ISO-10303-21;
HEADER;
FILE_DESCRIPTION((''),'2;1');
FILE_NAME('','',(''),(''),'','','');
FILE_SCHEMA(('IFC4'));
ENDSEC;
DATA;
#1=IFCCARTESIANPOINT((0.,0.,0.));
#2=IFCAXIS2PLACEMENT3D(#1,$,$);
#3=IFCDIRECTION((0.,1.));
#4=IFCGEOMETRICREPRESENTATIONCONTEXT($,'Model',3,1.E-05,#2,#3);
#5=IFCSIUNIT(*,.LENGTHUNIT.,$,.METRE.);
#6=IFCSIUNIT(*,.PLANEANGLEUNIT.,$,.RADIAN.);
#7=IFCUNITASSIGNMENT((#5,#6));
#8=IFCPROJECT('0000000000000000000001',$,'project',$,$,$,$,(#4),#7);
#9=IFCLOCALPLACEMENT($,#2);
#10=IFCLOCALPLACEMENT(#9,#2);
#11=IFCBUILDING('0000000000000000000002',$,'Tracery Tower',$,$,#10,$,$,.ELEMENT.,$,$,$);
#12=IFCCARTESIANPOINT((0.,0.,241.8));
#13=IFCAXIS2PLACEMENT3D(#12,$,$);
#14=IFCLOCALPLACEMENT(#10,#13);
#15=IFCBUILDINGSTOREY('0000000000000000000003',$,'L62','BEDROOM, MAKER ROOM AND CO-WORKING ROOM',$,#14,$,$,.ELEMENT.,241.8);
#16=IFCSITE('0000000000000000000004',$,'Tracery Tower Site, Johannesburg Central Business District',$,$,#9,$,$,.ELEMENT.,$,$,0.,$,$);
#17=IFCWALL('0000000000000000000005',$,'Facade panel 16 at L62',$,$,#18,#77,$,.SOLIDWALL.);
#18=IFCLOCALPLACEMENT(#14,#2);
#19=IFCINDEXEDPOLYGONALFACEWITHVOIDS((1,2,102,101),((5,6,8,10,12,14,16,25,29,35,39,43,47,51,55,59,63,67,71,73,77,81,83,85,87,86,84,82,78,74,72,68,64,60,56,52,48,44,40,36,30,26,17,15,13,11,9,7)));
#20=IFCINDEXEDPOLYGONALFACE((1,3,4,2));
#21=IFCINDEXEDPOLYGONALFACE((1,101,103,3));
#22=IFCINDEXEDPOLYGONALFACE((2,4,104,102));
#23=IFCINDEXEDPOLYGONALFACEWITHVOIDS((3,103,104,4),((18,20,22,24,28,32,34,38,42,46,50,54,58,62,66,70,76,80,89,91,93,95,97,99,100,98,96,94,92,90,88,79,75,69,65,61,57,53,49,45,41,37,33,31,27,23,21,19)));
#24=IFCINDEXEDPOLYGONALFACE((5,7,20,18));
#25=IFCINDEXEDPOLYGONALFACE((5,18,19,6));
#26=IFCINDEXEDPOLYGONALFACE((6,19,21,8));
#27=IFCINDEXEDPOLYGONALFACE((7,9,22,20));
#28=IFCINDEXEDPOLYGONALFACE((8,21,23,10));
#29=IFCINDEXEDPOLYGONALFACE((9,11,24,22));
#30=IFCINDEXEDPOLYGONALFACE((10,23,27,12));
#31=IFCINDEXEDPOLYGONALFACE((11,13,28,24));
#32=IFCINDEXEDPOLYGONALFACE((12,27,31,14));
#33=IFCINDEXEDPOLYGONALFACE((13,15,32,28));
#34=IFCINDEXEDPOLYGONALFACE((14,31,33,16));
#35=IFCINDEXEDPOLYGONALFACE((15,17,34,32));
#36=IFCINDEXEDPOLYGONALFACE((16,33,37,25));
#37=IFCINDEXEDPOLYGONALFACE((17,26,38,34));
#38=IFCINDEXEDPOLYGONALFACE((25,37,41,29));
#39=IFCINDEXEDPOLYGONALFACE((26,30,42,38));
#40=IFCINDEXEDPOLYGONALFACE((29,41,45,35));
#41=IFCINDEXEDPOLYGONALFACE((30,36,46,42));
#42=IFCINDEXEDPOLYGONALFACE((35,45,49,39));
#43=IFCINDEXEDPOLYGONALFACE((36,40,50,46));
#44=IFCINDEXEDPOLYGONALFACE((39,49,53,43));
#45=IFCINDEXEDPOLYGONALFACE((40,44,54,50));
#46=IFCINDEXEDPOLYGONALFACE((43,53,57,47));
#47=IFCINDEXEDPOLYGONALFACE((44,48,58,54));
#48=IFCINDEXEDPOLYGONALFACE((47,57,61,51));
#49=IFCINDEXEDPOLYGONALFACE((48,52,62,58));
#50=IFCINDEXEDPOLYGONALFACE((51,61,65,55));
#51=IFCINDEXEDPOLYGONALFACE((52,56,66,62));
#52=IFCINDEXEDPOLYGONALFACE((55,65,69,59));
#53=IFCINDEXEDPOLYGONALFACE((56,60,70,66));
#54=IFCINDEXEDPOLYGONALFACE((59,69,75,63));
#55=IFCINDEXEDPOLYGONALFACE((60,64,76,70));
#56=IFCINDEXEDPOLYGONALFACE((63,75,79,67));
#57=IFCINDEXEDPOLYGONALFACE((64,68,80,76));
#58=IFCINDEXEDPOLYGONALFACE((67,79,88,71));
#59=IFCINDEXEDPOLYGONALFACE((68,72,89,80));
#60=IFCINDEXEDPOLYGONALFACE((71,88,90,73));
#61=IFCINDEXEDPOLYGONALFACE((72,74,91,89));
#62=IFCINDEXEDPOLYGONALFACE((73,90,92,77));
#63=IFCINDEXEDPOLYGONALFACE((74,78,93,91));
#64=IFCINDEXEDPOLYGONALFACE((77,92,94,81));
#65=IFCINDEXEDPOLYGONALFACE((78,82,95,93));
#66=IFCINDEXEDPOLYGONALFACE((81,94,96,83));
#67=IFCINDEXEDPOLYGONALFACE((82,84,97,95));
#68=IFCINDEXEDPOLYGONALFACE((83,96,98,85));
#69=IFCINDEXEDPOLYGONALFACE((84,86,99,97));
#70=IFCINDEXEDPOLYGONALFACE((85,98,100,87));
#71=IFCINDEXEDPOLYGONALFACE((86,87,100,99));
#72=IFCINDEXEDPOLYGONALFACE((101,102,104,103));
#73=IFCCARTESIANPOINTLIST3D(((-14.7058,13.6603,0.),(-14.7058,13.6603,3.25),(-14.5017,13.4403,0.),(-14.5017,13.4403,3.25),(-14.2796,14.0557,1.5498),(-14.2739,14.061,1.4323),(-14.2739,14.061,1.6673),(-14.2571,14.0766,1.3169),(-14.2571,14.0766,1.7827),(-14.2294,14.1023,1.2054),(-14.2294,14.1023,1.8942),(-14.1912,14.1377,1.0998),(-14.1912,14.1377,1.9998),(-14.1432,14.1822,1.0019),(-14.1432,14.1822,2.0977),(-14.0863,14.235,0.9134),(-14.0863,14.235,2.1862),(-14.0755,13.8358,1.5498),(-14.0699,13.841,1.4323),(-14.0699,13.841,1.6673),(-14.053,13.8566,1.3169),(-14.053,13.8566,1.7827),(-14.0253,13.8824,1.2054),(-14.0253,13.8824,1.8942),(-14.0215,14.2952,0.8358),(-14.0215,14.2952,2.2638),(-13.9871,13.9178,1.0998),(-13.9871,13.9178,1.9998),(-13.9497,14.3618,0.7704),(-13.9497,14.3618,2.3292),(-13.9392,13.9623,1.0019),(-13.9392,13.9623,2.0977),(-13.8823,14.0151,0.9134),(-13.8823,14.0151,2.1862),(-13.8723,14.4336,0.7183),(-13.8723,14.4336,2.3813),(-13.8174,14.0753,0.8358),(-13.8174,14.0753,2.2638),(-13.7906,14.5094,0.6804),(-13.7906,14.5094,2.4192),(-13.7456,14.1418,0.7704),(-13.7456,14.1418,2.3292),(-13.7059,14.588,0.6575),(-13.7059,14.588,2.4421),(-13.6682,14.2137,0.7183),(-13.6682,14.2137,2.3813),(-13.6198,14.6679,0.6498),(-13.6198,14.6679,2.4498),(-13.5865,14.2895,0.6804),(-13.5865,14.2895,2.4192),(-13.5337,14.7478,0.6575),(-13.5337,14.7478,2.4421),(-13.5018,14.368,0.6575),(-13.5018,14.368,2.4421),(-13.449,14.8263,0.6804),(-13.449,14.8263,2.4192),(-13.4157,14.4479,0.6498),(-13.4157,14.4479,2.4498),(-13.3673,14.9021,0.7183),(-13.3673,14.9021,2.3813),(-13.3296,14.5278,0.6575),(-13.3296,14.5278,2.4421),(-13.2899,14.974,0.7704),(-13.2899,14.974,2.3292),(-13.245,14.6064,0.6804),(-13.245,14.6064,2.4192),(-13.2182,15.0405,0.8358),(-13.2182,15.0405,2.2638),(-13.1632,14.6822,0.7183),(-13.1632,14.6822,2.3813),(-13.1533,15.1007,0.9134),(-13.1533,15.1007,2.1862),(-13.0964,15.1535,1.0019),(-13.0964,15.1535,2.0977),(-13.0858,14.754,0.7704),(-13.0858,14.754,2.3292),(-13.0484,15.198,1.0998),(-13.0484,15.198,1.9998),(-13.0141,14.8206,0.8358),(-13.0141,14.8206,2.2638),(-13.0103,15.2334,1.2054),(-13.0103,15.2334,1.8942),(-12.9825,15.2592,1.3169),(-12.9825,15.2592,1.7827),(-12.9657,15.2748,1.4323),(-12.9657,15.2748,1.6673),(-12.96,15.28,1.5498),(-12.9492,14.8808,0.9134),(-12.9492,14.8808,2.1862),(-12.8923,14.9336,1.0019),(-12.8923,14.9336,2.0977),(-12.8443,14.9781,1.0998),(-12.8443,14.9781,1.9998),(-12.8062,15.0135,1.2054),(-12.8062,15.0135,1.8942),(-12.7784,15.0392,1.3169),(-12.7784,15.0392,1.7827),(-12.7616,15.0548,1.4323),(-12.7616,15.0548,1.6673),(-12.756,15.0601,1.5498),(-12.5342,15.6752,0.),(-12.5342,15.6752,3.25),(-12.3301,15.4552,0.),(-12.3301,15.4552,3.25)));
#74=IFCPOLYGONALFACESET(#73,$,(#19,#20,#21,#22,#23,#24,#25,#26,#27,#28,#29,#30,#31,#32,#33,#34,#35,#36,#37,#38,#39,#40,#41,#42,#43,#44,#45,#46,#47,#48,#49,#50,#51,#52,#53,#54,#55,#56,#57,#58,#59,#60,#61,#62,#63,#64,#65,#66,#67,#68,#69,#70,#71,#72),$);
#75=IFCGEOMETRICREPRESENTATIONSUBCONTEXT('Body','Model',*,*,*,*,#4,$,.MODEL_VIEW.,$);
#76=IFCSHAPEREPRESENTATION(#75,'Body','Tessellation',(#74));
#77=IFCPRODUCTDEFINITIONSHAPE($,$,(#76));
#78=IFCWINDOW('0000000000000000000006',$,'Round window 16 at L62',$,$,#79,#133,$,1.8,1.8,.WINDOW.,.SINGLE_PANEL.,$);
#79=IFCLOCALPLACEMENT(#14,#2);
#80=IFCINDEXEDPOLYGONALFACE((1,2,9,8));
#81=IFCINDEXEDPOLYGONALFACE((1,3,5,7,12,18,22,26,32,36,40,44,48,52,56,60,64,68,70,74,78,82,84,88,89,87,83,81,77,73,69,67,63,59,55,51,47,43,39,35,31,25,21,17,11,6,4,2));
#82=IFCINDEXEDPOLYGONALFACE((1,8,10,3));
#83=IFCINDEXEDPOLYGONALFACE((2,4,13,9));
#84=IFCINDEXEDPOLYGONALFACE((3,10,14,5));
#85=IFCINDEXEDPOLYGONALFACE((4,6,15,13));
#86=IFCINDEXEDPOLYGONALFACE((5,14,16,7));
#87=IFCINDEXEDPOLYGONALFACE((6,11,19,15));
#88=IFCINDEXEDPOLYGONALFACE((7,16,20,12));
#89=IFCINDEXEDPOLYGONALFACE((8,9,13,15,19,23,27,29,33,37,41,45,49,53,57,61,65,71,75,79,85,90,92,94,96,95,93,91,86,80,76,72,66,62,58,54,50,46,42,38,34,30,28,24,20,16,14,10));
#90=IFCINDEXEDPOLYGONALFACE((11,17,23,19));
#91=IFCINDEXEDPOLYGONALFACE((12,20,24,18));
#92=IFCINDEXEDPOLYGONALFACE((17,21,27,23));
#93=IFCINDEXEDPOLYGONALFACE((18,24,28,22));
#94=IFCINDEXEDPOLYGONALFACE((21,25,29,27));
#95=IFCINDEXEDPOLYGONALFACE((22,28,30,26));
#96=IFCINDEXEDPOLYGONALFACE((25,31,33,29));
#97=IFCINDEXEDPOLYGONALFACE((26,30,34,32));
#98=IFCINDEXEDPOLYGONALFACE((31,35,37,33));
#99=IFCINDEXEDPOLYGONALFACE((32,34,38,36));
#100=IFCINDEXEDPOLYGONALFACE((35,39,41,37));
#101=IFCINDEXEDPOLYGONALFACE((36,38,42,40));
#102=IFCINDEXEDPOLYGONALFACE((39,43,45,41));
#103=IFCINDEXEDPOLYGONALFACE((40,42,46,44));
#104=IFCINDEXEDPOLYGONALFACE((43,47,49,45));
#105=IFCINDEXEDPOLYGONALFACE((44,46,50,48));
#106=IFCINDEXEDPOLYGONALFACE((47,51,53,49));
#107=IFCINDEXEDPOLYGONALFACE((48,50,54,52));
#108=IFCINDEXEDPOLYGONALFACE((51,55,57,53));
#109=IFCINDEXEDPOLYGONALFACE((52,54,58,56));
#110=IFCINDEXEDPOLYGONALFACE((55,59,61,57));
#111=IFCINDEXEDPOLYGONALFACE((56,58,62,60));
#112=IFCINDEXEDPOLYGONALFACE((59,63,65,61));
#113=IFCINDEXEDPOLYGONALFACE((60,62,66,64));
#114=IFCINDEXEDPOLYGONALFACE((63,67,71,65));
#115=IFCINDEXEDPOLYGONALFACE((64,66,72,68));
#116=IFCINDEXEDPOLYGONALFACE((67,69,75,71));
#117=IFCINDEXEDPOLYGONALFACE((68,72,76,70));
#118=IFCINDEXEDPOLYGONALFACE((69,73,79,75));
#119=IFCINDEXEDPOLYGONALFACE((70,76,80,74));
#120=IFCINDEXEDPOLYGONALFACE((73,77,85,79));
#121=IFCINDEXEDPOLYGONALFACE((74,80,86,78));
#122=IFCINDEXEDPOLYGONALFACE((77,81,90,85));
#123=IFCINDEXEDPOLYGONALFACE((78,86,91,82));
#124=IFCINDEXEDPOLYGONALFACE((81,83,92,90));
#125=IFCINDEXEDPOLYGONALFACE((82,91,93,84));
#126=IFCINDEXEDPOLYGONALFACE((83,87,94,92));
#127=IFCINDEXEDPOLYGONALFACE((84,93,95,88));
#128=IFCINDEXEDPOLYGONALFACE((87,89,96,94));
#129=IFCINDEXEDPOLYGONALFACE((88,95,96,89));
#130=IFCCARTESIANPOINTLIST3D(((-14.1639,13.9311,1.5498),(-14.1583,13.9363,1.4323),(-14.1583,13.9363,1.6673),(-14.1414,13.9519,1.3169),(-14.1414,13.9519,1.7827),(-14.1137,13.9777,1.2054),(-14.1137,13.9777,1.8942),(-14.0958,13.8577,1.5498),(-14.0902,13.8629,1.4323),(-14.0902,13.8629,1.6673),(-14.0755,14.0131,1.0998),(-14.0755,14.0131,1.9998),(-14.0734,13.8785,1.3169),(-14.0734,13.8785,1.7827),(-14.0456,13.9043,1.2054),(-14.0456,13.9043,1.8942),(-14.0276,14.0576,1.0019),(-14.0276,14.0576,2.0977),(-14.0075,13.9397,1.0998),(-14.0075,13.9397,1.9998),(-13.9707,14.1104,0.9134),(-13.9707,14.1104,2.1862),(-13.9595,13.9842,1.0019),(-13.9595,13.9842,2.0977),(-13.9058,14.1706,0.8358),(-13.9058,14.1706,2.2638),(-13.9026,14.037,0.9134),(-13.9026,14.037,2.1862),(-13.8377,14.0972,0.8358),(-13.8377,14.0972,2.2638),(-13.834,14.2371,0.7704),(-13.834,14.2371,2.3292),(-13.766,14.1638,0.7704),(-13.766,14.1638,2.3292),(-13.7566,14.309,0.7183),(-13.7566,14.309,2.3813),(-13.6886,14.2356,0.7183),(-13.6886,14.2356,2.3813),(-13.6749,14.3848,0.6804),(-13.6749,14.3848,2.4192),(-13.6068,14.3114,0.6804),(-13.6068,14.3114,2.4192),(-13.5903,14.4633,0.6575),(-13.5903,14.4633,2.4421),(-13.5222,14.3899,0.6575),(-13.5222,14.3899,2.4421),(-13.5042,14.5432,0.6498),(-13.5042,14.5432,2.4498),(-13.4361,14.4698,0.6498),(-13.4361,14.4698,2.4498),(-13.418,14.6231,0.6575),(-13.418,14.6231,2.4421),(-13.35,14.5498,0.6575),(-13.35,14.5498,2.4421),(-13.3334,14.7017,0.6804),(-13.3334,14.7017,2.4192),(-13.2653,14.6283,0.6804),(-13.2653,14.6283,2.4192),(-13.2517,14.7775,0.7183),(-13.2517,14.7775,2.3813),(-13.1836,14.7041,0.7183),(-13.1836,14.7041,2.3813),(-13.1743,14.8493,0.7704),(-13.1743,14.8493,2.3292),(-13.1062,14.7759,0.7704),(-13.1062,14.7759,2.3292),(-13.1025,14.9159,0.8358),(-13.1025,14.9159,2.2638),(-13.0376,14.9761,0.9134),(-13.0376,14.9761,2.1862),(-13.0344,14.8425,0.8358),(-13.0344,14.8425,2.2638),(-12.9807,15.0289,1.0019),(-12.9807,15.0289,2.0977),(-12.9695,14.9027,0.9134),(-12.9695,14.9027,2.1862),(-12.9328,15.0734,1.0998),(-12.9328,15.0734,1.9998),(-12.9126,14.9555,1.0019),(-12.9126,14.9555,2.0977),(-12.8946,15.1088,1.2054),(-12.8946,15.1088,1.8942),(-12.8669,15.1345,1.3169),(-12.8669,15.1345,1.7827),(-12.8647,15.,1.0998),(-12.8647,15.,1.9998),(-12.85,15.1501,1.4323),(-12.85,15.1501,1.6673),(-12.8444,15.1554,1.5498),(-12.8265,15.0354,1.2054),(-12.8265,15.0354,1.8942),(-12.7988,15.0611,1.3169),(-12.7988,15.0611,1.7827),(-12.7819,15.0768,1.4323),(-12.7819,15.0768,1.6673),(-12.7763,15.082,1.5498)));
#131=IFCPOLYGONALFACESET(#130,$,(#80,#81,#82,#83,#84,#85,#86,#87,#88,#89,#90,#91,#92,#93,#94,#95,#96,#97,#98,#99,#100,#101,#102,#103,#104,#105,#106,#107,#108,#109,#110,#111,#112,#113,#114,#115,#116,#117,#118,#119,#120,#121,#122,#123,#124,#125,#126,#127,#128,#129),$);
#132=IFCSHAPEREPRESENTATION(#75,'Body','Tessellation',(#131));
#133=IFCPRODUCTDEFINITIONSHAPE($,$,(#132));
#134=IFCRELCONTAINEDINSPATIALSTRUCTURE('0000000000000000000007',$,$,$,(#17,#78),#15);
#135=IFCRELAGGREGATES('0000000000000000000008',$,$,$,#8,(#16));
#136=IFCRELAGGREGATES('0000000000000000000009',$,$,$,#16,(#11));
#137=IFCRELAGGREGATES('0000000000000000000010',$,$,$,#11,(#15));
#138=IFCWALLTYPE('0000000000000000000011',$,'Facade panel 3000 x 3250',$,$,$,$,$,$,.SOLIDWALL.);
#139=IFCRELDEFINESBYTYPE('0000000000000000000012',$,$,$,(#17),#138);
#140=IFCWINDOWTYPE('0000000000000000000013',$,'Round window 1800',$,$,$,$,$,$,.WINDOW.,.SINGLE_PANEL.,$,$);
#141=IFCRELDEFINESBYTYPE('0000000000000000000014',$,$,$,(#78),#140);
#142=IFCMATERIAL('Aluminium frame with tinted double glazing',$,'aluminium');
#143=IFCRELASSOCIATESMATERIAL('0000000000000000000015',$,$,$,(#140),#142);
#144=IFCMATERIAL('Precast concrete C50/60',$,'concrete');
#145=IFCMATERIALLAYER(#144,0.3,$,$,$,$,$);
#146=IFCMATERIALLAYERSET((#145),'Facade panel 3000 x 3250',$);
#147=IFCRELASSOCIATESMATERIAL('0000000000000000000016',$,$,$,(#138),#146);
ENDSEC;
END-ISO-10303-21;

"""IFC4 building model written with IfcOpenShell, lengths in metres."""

from ifc_helpers import new_model, si_unit, direction, frame, frame_2d, origin, origin_2d, place, context, subcontext, project, spatial, rectangle, circle, extrude, material, layer, layer_set, type_object, element, fill, save


model = new_model("IFC4")

# Units and contexts
model_context = context("Model", 3, precision=1e-05, world=origin(), true_north=direction((0.0, 1.0)))
body_context = subcontext(model_context, "Body", "Model", "MODEL_VIEW")
ifc_project = project(units=[si_unit("LENGTHUNIT", "METRE"), si_unit("PLANEANGLEUNIT", "RADIAN")], contexts=[model_context])

# Site, building, storey
site_placement = place(None, origin())
site = spatial("IfcSite", under=ifc_project, at=site_placement, Name="Tracery Tower Site, Johannesburg Central Business District", CompositionType="ELEMENT", RefElevation=0.0)
building_placement = place(site_placement, origin())
building = spatial("IfcBuilding", under=site, at=building_placement, Name="Tracery Tower", CompositionType="ELEMENT")
storey_placement = place(building_placement, frame((0.0, 0.0, 241.8)))
storey = spatial("IfcBuildingStorey", under=building, at=storey_placement, Name="L62", Description="BEDROOM, MAKER ROOM AND CO-WORKING ROOM", CompositionType="ELEMENT", Elevation=241.8)

# Wall, opening, window
ifc_material_1 = material(Name="Aluminium frame with tinted double glazing", Category="aluminium")
window_type = type_object("IfcWindowType", Name="Round window 1800", PartitioningType="SINGLE_PANEL", PredefinedType="WINDOW", material=ifc_material_1)
ifc_material_2 = material(Name="Precast concrete C50/60", Category="concrete")
ifc_layer_1 = layer(ifc_material_2, 0.3)
ifc_layer_set_1 = layer_set([ifc_layer_1], Name="Facade panel 3000 x 3250")
wall_type_1 = type_object("IfcWallType", Name="Facade panel 3000 x 3250", PredefinedType="SOLIDWALL", material=ifc_layer_set_1)
wall_1_placement = place(storey_placement, frame((-12.4321, 15.5652, 0.0), z_axis=(0.0, 0.0, 1.0), x_axis=(-0.733066, -0.680157, 0.0)))
wall_1 = element("IfcWall", 1, at=wall_1_placement, inside=storey, type_object=wall_type_1, Name="Facade panel 16 at L62", PredefinedType="SOLIDWALL", context=body_context, shape_type="SweptSolid", body=[
    extrude(rectangle(XDim=2.9624, YDim=0.3, at=frame_2d((1.4812, 0.0))), origin(), (0.0, 0.0, 1.0), 3.25),
])
opening_1_placement = place(wall_1_placement, frame((1.481, 0.0, 1.5498)))
opening_1 = element("IfcOpeningElement", 2, at=opening_1_placement, cuts=wall_1, PredefinedType="OPENING", context=body_context, shape_type="SweptSolid", body=[
    extrude(circle(Radius=0.9, at=origin_2d()), frame((0.0, 0.1599, 0.0), z_axis=(0.0, -1.0, 0.0), x_axis=(1.0, 0.0, 0.0)), (0.0, 0.0, 1.0), 0.3201),
])
window_1_placement = place(opening_1_placement, origin())
window_1 = element("IfcWindow", 3, at=window_1_placement, inside=storey, type_object=window_type, Name="Round window 16 at L62", OverallHeight=1.8, OverallWidth=1.8, PartitioningType="SINGLE_PANEL", PredefinedType="WINDOW", context=body_context, shape_type="SweptSolid", body=[
    extrude(circle(Radius=0.9, at=origin_2d()), frame((0.0, 0.1201, 0.0), z_axis=(0.0, -1.0, 0.0), x_axis=(1.0, 0.0, 0.0)), (0.0, 0.0, 1.0), 0.1001),
])
fill(opening_1, window_1)

save(model, "model.ifc")
